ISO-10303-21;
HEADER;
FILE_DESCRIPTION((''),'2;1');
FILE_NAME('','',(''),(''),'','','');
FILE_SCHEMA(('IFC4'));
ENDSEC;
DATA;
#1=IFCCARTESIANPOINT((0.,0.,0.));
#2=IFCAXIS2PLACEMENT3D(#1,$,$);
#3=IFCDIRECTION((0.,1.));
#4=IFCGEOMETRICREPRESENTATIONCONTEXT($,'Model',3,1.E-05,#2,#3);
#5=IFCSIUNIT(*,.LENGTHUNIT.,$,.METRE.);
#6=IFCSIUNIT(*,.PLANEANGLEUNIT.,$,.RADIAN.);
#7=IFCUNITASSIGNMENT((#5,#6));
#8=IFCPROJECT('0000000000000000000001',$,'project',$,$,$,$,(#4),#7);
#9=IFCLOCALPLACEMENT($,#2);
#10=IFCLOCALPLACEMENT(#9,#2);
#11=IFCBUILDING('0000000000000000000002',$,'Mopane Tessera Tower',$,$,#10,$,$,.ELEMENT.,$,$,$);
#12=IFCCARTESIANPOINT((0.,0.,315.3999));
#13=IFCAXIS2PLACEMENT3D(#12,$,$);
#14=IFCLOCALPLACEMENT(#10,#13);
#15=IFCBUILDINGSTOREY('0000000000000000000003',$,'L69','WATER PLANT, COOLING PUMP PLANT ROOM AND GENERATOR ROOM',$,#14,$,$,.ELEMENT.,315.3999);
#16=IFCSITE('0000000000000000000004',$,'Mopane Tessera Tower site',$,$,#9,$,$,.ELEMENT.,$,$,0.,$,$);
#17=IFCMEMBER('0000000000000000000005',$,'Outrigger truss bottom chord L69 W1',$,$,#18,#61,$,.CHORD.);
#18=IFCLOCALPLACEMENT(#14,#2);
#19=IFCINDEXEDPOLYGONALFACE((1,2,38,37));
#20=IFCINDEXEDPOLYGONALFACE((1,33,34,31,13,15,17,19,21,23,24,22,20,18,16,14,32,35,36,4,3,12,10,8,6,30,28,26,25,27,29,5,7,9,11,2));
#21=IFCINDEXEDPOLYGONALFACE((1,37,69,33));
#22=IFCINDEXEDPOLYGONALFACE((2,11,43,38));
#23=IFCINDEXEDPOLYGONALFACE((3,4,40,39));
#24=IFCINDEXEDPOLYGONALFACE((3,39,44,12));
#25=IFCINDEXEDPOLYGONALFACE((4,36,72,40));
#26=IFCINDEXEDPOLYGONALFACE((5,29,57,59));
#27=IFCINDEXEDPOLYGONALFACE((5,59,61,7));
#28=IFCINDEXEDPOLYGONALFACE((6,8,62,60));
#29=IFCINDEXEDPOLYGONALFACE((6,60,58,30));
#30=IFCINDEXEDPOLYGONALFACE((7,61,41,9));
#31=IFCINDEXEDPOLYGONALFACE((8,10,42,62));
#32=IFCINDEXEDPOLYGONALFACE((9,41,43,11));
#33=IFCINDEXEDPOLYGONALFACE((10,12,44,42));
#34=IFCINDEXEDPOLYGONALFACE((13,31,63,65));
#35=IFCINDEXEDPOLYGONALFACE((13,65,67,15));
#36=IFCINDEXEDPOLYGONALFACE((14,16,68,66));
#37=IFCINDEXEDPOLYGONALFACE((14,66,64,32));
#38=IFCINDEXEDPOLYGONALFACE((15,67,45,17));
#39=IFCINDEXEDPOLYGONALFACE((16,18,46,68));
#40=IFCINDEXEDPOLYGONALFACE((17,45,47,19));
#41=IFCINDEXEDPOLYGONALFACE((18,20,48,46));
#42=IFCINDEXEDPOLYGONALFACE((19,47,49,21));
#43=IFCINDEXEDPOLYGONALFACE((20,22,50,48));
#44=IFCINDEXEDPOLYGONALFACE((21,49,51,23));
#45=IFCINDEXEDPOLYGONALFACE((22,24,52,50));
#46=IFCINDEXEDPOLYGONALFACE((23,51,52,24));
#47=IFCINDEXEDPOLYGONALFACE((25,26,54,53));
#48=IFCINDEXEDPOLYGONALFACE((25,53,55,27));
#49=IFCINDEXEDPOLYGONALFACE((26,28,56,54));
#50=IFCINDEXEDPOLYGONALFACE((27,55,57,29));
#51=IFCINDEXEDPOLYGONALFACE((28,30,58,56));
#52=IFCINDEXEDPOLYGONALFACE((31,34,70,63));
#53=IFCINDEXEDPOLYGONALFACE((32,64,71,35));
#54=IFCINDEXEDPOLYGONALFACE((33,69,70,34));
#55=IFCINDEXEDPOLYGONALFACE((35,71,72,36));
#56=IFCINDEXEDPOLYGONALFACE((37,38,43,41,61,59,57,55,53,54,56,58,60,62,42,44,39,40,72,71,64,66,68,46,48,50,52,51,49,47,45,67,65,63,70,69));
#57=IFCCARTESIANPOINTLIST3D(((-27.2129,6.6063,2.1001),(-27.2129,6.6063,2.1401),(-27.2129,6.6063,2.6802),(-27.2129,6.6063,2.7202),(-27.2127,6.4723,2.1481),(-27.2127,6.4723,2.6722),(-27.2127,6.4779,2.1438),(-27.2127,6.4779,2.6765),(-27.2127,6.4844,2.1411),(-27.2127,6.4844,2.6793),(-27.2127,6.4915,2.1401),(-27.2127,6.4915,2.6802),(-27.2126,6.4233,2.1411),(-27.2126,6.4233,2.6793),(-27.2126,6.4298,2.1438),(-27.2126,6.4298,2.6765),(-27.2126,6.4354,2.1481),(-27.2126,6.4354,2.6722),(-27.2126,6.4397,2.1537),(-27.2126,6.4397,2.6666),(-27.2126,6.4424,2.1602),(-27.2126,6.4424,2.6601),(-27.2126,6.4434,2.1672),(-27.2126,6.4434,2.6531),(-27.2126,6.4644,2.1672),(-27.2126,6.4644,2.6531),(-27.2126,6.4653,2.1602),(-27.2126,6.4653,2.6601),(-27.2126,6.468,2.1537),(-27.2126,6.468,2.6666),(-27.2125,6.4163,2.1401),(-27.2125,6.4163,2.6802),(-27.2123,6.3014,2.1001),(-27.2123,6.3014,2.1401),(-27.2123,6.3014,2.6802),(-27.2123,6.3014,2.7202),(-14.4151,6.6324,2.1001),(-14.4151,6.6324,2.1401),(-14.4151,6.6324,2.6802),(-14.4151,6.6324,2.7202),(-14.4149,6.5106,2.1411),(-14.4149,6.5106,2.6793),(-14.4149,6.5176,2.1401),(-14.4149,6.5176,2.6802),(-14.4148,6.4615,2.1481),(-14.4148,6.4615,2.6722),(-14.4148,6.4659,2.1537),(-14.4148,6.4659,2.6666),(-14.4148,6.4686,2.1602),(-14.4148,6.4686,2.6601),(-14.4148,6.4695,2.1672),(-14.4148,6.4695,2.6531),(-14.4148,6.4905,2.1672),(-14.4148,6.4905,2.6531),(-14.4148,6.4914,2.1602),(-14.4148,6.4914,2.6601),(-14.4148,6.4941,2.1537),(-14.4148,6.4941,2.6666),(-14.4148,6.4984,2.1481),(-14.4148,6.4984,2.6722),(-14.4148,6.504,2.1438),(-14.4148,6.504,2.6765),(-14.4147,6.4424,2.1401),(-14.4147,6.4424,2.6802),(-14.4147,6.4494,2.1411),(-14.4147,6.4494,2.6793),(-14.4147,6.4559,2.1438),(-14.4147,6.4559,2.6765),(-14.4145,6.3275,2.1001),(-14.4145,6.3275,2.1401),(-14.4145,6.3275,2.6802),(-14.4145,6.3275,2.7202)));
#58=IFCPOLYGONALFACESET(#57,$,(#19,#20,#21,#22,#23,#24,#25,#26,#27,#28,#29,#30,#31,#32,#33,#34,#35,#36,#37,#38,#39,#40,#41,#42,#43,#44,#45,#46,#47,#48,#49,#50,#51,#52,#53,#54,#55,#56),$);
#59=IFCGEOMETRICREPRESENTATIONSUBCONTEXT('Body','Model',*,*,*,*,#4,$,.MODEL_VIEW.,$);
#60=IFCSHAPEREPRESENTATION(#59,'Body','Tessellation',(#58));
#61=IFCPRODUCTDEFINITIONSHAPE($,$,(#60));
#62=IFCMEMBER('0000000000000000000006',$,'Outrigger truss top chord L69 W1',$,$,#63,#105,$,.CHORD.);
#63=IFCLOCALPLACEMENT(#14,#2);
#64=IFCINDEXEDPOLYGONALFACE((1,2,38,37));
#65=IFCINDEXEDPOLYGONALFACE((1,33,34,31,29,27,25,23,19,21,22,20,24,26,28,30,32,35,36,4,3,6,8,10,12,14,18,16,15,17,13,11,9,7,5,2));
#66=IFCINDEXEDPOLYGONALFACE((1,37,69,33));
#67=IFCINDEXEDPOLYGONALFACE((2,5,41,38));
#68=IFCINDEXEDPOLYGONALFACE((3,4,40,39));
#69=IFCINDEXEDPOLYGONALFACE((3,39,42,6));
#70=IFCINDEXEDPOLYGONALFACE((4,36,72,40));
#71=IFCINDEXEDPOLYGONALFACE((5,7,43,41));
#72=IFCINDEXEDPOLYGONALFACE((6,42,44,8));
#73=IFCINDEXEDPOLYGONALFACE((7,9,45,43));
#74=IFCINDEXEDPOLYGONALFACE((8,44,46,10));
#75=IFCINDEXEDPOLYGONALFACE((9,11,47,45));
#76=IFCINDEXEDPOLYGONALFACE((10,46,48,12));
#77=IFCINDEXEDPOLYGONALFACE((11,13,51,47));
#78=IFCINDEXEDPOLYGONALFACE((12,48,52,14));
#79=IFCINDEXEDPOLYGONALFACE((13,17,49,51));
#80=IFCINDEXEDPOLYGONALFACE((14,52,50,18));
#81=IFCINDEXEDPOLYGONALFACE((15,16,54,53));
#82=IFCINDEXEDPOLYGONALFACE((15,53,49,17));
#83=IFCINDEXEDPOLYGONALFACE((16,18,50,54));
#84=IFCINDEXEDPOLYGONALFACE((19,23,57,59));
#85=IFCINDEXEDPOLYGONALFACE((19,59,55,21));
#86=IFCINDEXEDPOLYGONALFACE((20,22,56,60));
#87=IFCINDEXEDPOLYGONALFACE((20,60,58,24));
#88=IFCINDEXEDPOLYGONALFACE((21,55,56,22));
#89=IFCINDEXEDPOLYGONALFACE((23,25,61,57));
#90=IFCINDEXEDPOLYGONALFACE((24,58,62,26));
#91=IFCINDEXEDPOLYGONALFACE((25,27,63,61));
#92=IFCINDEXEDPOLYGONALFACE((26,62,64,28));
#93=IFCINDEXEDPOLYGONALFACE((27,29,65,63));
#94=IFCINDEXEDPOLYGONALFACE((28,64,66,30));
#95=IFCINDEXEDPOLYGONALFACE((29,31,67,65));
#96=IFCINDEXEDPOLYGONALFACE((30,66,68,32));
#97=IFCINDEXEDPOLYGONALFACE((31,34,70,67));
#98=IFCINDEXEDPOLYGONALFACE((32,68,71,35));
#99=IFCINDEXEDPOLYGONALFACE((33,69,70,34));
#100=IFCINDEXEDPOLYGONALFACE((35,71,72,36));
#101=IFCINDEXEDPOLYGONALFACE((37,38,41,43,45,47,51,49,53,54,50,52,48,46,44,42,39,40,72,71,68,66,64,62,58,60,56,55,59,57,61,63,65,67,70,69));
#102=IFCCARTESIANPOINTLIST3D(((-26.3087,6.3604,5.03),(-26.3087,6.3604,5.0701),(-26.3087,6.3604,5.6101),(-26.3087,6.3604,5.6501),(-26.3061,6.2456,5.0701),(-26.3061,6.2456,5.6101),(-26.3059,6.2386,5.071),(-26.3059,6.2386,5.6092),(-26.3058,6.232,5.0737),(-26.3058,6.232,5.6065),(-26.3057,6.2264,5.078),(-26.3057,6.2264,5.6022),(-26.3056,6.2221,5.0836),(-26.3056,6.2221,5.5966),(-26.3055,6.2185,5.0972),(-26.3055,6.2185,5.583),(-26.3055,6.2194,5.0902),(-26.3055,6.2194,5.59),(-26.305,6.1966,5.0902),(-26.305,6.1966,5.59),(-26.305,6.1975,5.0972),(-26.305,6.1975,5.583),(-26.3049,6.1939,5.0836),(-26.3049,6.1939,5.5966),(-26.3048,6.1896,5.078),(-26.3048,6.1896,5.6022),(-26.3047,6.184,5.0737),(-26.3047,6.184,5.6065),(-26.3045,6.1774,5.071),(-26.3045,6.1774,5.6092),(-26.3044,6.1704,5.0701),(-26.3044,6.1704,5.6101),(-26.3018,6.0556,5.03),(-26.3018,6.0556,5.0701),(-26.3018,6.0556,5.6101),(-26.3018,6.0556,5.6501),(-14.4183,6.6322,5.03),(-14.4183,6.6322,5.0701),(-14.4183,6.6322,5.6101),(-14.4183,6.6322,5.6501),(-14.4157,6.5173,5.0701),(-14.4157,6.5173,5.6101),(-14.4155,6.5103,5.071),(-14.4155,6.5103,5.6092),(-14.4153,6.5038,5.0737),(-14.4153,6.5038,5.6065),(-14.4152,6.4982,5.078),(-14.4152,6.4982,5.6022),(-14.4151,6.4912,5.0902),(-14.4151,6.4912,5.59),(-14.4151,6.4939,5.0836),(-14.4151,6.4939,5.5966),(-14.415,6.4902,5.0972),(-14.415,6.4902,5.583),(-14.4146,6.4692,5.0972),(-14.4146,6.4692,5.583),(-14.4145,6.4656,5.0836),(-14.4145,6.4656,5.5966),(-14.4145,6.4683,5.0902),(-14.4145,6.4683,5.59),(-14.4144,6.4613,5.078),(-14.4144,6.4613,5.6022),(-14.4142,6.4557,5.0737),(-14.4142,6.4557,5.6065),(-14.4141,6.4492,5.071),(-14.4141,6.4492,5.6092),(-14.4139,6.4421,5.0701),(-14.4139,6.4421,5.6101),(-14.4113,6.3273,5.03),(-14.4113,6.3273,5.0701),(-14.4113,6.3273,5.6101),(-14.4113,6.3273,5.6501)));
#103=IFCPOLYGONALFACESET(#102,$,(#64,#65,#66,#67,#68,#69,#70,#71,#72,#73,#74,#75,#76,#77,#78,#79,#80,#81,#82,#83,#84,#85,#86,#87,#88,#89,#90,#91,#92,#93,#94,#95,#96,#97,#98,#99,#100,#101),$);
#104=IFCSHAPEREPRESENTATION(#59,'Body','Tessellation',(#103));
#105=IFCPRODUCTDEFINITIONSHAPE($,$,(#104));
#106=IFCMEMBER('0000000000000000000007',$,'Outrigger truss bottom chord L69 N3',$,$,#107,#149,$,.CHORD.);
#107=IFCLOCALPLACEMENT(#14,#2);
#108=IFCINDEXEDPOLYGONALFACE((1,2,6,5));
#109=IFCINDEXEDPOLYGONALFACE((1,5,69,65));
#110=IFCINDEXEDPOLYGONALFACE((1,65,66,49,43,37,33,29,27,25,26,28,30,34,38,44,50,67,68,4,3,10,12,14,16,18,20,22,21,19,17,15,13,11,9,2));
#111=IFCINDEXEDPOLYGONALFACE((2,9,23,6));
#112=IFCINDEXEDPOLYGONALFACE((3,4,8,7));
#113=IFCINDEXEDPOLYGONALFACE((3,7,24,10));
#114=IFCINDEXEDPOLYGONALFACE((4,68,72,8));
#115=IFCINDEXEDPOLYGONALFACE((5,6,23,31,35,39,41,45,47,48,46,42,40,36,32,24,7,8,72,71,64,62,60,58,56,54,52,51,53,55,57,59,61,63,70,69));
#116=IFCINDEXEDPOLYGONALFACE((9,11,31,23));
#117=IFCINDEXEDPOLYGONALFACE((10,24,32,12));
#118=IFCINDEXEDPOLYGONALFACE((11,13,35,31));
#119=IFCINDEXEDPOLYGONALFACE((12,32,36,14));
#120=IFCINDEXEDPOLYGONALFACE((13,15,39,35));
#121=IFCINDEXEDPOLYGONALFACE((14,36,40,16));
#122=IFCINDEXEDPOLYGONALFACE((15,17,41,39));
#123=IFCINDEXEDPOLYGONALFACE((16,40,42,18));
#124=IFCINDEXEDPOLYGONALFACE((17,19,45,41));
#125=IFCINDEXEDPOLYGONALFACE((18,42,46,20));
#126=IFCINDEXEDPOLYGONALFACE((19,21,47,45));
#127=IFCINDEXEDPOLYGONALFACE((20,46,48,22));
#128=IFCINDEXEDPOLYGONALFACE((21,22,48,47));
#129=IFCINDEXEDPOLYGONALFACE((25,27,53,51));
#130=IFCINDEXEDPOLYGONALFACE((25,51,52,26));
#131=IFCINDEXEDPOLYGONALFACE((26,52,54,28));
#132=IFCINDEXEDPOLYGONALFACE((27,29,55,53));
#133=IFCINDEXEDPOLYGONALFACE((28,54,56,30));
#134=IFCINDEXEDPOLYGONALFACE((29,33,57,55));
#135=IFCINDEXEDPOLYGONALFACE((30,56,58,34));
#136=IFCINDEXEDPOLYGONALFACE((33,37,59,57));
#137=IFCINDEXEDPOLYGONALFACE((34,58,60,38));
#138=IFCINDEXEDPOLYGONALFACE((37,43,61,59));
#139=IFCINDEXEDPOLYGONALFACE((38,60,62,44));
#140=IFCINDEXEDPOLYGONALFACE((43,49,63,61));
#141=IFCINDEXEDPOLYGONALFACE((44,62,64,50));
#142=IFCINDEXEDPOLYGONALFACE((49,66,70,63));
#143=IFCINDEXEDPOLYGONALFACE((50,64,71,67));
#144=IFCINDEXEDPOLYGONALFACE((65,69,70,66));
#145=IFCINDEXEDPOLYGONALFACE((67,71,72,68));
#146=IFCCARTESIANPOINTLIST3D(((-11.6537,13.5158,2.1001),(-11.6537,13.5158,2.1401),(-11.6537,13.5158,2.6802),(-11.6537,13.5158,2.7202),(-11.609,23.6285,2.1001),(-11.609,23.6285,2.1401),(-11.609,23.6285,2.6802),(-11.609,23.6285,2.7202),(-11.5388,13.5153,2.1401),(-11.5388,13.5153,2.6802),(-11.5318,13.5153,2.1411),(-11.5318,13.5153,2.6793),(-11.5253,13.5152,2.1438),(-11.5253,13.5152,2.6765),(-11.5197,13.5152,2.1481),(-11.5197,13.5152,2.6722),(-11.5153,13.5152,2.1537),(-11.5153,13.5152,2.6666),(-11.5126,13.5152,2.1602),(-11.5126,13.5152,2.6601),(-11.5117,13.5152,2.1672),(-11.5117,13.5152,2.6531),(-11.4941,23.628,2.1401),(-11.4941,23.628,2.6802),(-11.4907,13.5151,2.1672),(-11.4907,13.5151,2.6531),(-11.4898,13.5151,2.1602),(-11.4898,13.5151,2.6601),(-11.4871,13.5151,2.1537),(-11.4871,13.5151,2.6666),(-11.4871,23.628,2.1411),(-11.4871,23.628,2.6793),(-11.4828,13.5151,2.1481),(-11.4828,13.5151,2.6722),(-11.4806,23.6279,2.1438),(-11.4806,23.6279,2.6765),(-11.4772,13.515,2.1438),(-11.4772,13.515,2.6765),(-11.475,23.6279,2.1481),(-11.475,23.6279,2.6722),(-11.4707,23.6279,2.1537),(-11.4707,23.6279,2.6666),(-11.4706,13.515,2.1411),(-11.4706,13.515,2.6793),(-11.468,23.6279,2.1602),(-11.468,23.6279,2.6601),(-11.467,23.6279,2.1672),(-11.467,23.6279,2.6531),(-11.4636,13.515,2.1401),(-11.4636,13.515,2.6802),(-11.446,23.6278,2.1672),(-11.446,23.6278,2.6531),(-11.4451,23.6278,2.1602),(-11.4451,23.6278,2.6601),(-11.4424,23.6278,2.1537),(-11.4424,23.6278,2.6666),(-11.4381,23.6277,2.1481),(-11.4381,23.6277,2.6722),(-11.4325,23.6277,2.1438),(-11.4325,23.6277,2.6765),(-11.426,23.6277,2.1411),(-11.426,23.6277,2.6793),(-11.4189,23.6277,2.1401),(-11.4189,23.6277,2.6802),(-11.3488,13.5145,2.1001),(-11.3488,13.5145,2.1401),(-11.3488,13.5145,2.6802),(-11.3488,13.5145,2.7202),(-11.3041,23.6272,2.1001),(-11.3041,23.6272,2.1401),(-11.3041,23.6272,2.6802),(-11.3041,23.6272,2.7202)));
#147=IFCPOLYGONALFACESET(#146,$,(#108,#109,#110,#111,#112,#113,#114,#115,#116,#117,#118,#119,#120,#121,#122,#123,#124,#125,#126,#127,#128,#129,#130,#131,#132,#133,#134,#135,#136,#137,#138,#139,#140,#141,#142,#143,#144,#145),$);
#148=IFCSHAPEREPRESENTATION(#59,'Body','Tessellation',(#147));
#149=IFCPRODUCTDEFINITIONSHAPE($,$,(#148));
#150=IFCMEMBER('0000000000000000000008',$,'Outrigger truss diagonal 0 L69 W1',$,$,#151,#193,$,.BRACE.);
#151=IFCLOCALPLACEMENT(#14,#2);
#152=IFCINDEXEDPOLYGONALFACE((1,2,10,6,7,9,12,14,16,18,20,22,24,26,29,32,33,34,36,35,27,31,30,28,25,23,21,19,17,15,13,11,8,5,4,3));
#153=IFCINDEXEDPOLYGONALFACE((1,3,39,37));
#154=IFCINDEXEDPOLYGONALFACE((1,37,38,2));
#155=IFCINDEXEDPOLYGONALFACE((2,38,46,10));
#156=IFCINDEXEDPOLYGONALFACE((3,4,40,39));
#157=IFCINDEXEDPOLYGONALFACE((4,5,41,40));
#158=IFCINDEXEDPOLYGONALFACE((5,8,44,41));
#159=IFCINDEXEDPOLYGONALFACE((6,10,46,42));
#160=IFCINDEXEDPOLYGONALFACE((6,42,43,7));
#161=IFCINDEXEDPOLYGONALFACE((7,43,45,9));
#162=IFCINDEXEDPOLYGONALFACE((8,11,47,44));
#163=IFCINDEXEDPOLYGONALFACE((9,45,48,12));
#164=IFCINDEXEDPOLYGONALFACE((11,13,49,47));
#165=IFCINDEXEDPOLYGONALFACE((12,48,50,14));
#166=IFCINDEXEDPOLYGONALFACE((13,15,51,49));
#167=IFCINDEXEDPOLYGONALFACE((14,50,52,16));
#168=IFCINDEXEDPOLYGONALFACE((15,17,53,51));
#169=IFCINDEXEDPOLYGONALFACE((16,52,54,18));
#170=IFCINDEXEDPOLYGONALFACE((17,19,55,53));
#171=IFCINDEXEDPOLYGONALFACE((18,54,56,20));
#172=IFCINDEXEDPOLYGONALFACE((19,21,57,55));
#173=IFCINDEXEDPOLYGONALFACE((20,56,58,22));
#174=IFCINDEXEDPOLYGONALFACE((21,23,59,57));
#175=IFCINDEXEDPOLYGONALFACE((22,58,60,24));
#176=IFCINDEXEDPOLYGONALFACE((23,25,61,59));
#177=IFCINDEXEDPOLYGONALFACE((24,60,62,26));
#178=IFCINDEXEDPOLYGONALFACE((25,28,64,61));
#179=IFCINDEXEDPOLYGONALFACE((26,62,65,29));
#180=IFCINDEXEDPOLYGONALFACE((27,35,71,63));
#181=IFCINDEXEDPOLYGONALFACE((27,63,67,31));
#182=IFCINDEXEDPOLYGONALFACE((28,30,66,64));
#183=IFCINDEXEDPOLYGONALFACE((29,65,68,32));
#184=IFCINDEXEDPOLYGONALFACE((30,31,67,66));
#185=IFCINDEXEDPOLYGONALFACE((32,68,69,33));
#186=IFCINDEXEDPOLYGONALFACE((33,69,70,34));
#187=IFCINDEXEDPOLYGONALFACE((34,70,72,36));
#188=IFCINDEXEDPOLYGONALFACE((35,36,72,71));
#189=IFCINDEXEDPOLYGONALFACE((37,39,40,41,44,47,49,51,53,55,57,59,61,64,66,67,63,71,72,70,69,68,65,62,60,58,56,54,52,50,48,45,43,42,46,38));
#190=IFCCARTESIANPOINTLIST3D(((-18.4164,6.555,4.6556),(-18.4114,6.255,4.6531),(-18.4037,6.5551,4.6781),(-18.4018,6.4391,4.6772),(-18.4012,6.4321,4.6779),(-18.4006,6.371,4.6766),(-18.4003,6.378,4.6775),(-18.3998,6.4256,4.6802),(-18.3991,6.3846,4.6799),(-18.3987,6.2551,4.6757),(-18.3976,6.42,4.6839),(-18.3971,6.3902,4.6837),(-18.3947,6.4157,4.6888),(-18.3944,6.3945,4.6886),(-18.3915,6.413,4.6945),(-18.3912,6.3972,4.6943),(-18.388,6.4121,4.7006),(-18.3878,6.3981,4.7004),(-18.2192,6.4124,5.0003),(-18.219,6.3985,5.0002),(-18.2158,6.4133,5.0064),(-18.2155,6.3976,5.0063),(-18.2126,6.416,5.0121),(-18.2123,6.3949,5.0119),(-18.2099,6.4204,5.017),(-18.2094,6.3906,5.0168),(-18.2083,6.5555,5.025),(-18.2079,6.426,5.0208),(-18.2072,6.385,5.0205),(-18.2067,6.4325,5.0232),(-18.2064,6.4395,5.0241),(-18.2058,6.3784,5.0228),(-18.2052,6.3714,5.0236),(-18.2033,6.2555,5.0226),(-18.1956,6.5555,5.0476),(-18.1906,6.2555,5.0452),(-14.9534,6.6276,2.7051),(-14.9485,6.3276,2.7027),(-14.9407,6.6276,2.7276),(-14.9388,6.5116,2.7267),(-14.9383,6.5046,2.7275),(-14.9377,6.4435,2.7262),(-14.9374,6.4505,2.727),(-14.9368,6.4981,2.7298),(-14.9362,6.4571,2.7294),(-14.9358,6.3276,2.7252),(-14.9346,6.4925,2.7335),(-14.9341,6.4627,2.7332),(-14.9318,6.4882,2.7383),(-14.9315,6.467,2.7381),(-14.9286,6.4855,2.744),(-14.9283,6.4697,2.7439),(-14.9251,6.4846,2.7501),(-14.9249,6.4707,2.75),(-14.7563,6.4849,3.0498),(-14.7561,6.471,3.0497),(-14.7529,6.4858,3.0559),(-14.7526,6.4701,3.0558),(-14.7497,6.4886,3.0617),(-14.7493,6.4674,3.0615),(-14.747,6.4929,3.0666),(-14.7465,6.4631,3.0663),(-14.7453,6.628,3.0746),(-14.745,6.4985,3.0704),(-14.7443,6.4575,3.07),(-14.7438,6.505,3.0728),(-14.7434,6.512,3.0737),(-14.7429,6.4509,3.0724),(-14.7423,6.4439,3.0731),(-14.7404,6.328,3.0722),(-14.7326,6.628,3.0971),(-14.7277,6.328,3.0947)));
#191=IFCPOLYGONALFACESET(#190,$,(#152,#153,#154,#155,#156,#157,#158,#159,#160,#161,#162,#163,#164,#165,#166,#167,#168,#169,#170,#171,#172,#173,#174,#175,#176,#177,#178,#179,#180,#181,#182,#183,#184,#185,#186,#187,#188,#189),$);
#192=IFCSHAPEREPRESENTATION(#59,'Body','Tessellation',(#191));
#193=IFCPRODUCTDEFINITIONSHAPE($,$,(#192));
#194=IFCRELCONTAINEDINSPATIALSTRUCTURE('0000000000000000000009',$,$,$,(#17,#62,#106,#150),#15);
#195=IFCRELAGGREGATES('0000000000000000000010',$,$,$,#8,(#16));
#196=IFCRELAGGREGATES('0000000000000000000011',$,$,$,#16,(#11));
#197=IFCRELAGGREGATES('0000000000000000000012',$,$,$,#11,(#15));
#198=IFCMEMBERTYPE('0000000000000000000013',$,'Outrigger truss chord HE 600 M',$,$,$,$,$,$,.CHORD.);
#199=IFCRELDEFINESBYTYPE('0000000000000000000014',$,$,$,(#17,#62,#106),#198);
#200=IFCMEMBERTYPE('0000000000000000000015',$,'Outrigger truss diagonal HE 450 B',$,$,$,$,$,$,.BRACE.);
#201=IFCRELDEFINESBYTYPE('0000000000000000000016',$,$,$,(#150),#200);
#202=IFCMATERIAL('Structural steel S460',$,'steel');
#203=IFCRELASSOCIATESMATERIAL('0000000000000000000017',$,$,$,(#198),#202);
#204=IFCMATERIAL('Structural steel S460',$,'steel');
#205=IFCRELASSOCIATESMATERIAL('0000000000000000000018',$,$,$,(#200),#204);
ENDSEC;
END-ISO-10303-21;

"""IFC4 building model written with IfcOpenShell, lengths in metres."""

from ifc_helpers import new_model, si_unit, direction, frame, origin, origin_2d, place, context, subcontext, project, spatial, i_section, extrude, material, material_profile, profile_set, type_object, element, save


model = new_model("IFC4")

# Units and contexts
model_context = context("Model", 3, precision=1e-05, world=origin(), true_north=direction((0.0, 1.0)))
body_context = subcontext(model_context, "Body", "Model", "MODEL_VIEW")
ifc_project = project(units=[si_unit("LENGTHUNIT", "METRE"), si_unit("PLANEANGLEUNIT", "RADIAN")], contexts=[model_context])

# Site, building, storey
site_placement = place(None, origin())
site = spatial("IfcSite", under=ifc_project, at=site_placement, Name="Mopane Tessera Tower site", CompositionType="ELEMENT", RefElevation=0.0)
building_placement = place(site_placement, origin())
building = spatial("IfcBuilding", under=site, at=building_placement, Name="Mopane Tessera Tower", CompositionType="ELEMENT")
storey_placement = place(building_placement, frame((0.0, 0.0, 315.3999)))
storey = spatial("IfcBuildingStorey", under=building, at=storey_placement, Name="L69", Description="WATER PLANT, COOLING PUMP PLANT ROOM AND GENERATOR ROOM", CompositionType="ELEMENT", Elevation=315.3999)

# Members
ifc_material_1 = material(Name="Structural steel S460", Category="steel")
ifc_material_profile_1 = material_profile(ifc_material_1, i_section(OverallWidth=0.3049, OverallDepth=0.6201, WebThickness=0.021, FlangeThickness=0.04, FilletRadius=0.0271, at=origin_2d()))
ifc_profile_set_1 = profile_set([ifc_material_profile_1], Name="Structural steel S460")
member_type_1 = type_object("IfcMemberType", Name="Outrigger truss chord HE 600 M", PredefinedType="CHORD", material=ifc_profile_set_1)
member_1_placement = place(storey_placement, frame((-14.4148, 6.48, 2.4102), z_axis=(-0.999998, -0.002041, 0.0), x_axis=(0.002041, -0.999998, 0.0)))
element("IfcMember", 1, at=member_1_placement, inside=storey, type_object=member_type_1, Name="Outrigger truss bottom chord L69 W1", PredefinedType="CHORD", context=body_context, shape_type="SweptSolid", body=[
    extrude(i_section(OverallWidth=0.3049, OverallDepth=0.6201, WebThickness=0.021, FlangeThickness=0.04, FilletRadius=0.0271, at=origin_2d()), origin(), (0.0, 0.0, 1.0), 12.7979),
])
member_2_placement = place(storey_placement, frame((-14.4148, 6.4797, 5.3401), z_axis=(-0.999739, -0.022847, 0.0), x_axis=(0.022847, -0.999739, 0.0)))
element("IfcMember", 2, at=member_2_placement, inside=storey, type_object=member_type_1, Name="Outrigger truss top chord L69 W1", PredefinedType="CHORD", context=body_context, shape_type="SweptSolid", body=[
    extrude(i_section(OverallWidth=0.3049, OverallDepth=0.6201, WebThickness=0.021, FlangeThickness=0.04, FilletRadius=0.0271, at=origin_2d()), origin(), (0.0, 0.0, 1.0), 11.8936),
])
member_3_placement = place(storey_placement, frame((-11.5012, 13.5151, 2.4102), z_axis=(0.004418, 0.99999, 0.0), x_axis=(-0.99999, 0.004418, 0.0)))
element("IfcMember", 3, at=member_3_placement, inside=storey, type_object=member_type_1, Name="Outrigger truss bottom chord L69 N3", PredefinedType="CHORD", context=body_context, shape_type="SweptSolid", body=[
    extrude(i_section(OverallWidth=0.3049, OverallDepth=0.6201, WebThickness=0.021, FlangeThickness=0.04, FilletRadius=0.0271, at=origin_2d()), origin(), (0.0, 0.0, 1.0), 10.1128),
])
ifc_material_2 = material(Name="Structural steel S460", Category="steel")
ifc_material_profile_2 = material_profile(ifc_material_2, i_section(OverallWidth=0.3, OverallDepth=0.45, WebThickness=0.0139, FlangeThickness=0.0259, FilletRadius=0.0271, at=origin_2d()))
ifc_profile_set_2 = profile_set([ifc_material_profile_2], Name="Structural steel S460")
member_type_2 = type_object("IfcMemberType", Name="Outrigger truss diagonal HE 450 B", PredefinedType="BRACE", material=ifc_profile_set_2)
member_4_placement = place(storey_placement, frame((-14.8406, 6.4778, 2.8999), z_axis=(-0.871155, -0.018241, 0.490669), x_axis=(0.016386, -0.999833, -0.008078)))
element("IfcMember", 4, at=member_4_placement, inside=storey, type_object=member_type_2, Name="Outrigger truss diagonal 0 L69 W1", PredefinedType="BRACE", context=body_context, shape_type="SweptSolid", body=[
    extrude(i_section(OverallWidth=0.3, OverallDepth=0.45, WebThickness=0.0139, FlangeThickness=0.0259, FilletRadius=0.0271, at=origin_2d()), origin(), (0.0, 0.0, 1.0), 3.9751),
])

save(model, "model.ifc")
